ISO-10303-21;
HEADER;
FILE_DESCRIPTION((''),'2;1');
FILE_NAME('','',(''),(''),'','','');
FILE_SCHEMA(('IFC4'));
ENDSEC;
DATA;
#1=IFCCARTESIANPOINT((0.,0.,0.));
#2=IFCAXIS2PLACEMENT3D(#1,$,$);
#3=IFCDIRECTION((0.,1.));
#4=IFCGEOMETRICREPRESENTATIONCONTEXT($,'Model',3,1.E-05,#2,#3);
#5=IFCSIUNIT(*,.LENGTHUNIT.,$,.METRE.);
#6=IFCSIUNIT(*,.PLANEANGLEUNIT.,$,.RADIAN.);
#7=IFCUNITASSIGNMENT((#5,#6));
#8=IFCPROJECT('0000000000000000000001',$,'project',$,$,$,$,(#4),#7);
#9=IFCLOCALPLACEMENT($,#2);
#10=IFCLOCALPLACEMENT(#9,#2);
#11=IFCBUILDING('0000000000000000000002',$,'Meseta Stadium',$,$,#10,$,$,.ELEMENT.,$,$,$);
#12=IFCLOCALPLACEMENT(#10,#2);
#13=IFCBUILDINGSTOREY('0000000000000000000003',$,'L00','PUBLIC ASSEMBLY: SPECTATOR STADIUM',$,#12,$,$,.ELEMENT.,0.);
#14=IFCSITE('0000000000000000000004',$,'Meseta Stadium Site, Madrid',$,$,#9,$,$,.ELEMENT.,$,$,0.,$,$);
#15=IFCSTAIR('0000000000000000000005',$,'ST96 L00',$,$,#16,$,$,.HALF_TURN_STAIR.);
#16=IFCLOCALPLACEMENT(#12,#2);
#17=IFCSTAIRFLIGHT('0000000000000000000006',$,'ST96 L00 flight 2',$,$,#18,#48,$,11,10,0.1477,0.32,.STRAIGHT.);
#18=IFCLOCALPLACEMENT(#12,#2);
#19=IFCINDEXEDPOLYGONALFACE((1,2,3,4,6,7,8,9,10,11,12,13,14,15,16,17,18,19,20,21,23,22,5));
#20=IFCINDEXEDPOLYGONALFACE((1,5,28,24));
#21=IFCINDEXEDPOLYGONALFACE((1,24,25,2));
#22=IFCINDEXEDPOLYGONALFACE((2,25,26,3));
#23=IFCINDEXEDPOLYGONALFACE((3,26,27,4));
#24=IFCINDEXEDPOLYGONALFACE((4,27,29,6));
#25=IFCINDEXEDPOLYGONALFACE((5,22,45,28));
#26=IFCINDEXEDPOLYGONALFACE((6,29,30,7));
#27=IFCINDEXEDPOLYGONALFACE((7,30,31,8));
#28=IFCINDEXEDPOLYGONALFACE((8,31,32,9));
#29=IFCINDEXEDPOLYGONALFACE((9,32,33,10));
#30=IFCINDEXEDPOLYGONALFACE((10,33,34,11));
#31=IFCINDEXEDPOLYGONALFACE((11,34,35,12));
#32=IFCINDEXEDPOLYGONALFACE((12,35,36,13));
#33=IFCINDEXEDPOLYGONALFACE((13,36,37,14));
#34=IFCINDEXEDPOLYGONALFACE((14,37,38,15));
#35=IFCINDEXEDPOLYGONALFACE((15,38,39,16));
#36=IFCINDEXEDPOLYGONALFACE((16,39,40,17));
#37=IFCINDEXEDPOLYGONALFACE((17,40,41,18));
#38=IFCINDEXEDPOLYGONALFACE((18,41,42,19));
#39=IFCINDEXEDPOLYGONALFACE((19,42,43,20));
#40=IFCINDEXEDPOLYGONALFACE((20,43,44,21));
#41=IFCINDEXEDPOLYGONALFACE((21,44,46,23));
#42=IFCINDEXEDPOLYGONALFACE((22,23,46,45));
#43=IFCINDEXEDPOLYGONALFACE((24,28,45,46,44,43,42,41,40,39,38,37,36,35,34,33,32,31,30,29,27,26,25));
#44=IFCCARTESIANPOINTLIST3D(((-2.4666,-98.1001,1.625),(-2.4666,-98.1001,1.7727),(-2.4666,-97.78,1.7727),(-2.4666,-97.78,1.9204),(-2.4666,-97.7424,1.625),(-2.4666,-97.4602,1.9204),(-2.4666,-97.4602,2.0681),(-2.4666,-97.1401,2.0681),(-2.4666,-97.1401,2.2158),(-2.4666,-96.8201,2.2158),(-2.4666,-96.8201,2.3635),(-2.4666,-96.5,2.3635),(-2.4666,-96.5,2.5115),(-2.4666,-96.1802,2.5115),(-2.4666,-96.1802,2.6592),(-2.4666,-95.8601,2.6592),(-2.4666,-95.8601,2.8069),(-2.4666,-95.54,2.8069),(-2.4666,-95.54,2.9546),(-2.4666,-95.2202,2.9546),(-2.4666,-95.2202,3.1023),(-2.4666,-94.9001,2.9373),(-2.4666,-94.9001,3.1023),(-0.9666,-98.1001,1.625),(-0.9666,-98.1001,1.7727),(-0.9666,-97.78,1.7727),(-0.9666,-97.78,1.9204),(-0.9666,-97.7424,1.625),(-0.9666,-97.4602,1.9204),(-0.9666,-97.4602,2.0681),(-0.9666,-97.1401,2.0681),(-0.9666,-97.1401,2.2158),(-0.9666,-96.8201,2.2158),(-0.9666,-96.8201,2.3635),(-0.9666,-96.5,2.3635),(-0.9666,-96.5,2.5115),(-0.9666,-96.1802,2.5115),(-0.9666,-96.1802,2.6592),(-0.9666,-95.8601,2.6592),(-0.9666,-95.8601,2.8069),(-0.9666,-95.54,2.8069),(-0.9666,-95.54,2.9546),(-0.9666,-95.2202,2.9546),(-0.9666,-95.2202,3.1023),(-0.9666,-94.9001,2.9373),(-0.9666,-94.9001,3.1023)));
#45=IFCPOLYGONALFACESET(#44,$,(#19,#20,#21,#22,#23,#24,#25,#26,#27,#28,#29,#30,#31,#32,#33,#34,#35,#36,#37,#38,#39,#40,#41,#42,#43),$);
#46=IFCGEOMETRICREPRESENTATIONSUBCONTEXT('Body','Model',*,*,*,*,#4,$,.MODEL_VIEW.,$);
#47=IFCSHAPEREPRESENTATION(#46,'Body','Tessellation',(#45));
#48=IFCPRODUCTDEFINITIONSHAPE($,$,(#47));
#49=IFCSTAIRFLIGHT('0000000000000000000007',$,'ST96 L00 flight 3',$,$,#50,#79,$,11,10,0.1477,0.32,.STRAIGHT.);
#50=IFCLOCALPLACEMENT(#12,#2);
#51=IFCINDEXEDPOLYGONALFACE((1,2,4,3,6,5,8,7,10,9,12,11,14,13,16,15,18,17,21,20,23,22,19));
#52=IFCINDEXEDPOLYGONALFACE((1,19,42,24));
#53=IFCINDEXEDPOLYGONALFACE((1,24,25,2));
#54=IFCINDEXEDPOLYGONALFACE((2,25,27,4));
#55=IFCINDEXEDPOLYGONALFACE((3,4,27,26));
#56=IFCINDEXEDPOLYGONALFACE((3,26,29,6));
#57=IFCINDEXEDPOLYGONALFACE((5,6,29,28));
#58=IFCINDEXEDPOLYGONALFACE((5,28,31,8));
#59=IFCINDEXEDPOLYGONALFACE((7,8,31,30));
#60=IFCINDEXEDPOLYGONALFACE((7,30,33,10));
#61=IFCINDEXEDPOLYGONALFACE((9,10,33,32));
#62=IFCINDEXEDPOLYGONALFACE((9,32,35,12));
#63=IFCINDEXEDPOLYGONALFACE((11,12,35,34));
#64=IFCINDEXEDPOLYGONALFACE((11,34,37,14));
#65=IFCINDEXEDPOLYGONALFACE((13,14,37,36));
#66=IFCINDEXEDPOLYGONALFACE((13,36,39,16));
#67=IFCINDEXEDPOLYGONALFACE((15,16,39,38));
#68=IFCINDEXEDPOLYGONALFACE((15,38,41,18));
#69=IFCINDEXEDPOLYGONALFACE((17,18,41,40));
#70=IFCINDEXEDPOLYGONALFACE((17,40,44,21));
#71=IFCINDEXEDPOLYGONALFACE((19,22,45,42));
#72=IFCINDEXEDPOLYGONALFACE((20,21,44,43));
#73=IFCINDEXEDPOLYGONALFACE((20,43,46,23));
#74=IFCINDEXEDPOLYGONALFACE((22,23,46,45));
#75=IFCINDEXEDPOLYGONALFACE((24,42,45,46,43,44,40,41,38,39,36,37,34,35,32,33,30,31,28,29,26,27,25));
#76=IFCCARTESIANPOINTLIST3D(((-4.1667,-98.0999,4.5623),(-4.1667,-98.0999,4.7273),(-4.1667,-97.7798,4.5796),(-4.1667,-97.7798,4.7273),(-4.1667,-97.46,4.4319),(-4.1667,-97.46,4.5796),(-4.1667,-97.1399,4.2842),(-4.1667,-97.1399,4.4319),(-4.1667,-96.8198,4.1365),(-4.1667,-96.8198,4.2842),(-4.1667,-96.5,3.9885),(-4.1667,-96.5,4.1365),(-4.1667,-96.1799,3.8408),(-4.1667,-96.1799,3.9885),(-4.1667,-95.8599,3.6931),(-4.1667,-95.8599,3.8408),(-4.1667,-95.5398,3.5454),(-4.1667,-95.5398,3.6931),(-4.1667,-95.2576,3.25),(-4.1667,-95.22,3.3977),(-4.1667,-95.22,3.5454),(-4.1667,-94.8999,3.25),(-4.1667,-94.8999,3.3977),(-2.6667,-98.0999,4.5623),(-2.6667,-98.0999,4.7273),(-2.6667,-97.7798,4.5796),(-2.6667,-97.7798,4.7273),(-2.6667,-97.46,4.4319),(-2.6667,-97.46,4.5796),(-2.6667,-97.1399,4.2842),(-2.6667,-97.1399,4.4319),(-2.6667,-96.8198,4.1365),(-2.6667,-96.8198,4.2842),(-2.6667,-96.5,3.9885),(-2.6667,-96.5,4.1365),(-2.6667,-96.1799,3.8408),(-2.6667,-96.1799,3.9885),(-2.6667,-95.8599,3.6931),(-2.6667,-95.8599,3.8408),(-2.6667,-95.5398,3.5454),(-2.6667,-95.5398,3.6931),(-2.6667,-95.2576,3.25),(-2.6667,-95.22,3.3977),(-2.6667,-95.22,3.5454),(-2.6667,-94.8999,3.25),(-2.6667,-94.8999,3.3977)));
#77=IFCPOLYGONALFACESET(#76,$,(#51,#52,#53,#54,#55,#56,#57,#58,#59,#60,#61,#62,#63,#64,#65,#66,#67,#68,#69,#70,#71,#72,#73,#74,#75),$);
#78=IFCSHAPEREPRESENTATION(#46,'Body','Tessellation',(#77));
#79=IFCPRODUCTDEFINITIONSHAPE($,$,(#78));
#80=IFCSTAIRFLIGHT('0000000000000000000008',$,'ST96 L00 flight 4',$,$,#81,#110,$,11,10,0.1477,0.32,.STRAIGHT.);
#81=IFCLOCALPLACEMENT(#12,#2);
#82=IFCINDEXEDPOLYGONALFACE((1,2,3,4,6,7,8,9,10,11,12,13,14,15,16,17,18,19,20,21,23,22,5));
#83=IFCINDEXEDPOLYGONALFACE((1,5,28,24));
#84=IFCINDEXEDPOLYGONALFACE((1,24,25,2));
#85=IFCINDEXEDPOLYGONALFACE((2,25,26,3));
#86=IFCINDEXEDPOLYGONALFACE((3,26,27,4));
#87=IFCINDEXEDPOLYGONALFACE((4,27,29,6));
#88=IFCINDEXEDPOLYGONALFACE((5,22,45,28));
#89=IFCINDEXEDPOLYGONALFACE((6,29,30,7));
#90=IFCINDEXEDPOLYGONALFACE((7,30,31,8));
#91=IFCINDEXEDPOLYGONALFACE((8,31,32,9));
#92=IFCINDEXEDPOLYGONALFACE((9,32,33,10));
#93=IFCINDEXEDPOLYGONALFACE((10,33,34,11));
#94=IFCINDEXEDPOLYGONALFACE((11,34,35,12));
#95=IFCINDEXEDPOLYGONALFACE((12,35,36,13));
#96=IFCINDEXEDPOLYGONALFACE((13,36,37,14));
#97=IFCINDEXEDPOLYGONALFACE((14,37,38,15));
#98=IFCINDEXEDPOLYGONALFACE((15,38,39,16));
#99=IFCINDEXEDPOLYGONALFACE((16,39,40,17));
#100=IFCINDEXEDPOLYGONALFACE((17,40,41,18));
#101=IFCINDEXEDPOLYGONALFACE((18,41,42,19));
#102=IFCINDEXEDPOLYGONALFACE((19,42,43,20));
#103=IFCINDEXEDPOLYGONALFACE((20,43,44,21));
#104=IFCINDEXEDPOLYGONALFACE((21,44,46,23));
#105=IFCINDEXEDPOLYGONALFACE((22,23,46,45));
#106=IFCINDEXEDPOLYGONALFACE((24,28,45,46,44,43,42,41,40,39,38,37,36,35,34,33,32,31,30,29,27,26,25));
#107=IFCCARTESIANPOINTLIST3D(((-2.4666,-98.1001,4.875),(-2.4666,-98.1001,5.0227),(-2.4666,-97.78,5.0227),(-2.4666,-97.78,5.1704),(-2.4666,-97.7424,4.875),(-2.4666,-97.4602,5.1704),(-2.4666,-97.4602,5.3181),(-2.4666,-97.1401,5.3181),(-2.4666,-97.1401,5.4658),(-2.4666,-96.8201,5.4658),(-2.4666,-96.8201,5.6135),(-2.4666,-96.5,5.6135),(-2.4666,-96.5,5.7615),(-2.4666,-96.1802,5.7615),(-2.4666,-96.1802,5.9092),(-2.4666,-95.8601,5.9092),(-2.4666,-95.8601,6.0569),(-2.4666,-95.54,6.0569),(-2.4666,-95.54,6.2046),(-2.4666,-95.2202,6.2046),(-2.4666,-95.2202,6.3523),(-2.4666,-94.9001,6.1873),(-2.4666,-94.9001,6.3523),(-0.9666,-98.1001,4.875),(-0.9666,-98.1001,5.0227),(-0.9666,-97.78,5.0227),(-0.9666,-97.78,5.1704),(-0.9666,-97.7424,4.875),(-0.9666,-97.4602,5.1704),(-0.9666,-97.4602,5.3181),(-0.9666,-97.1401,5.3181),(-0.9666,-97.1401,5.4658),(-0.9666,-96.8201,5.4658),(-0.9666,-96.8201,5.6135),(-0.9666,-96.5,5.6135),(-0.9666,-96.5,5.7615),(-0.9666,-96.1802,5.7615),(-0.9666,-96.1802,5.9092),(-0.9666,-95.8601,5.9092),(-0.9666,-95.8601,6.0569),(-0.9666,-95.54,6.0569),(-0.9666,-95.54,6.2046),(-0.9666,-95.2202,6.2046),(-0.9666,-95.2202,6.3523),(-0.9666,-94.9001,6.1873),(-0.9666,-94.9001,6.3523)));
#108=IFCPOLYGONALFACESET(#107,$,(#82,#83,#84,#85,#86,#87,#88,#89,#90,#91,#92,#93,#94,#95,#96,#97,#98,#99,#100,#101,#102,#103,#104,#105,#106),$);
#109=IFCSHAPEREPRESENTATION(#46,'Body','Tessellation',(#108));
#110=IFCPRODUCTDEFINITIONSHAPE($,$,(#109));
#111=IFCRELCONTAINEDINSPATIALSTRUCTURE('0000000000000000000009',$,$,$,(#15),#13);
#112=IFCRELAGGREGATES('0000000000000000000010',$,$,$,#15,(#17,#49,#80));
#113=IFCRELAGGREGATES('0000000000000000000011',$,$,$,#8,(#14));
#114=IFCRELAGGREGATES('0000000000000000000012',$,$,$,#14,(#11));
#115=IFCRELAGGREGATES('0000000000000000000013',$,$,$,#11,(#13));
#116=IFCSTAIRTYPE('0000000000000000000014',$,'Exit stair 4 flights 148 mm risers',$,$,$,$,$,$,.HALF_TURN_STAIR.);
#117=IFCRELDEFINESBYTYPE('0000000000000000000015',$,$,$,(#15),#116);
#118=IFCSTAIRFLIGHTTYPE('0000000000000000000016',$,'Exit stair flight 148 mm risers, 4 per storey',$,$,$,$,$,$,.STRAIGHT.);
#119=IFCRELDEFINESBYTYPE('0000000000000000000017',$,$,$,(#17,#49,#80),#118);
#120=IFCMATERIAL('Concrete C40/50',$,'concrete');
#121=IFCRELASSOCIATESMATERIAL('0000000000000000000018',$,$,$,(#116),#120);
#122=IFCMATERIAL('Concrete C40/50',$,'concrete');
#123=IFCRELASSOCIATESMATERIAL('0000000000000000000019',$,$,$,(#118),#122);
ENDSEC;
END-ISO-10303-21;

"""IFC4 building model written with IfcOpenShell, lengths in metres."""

from ifc_helpers import new_model, si_unit, direction, frame, origin, place, context, subcontext, project, spatial, polyline, outline, extrude, material, type_object, element, aggregate, save


model = new_model("IFC4")

# Units and contexts
model_context = context("Model", 3, precision=1e-05, world=origin(), true_north=direction((0.0, 1.0)))
body_context = subcontext(model_context, "Body", "Model", "MODEL_VIEW")
ifc_project = project(units=[si_unit("LENGTHUNIT", "METRE"), si_unit("PLANEANGLEUNIT", "RADIAN")], contexts=[model_context])

# Site, building, storey
site_placement = place(None, origin())
site = spatial("IfcSite", under=ifc_project, at=site_placement, Name="Meseta Stadium Site, Madrid", CompositionType="ELEMENT", RefElevation=0.0)
building_placement = place(site_placement, origin())
building = spatial("IfcBuilding", under=site, at=building_placement, Name="Meseta Stadium", CompositionType="ELEMENT")
storey_placement = place(building_placement, origin())
storey = spatial("IfcBuildingStorey", under=building, at=storey_placement, Name="L00", Description="PUBLIC ASSEMBLY: SPECTATOR STADIUM", CompositionType="ELEMENT", Elevation=0.0)

# Stair, stair flights
ifc_material_1 = material(Name="Concrete C40/50", Category="concrete")
stair_type = type_object("IfcStairType", Name="Exit stair 4 flights 148 mm risers", PredefinedType="HALF_TURN_STAIR", material=ifc_material_1)
ifc_material_2 = material(Name="Concrete C40/50", Category="concrete")
stair_flight_type = type_object("IfcStairFlightType", Name="Exit stair flight 148 mm risers, 4 per storey", PredefinedType="STRAIGHT", material=ifc_material_2)
stair_1_placement = place(storey_placement, origin())
stair_1 = element("IfcStair", 1, at=stair_1_placement, inside=storey, type_object=stair_type, Name="ST96 L00", PredefinedType="HALF_TURN_STAIR")
stair_flight_1_placement = place(storey_placement, frame((-1.7166, -98.1001, 1.625), z_axis=(0.0, 0.0, 1.0), x_axis=(0.0, 1.0, 0.0)))
stair_flight_1 = element("IfcStairFlight", 2, at=stair_flight_1_placement, type_object=stair_flight_type, Name="ST96 L00 flight 2", NumberOfRisers=11, NumberOfTreads=10, PredefinedType="STRAIGHT", RiserHeight=0.1477, TreadLength=0.32, context=body_context, shape_type="SweptSolid", body=[
    extrude(outline(polyline([(0.0, 0.0), (0.0, 0.1477), (0.3201, 0.1477), (0.3201, 0.2954), (0.6399, 0.2954), (0.6399, 0.4431), (0.96, 0.4431), (0.96, 0.5908), (1.28, 0.5908), (1.28, 0.7385), (1.6001, 0.7385), (1.6001, 0.8865), (1.9199, 0.8865), (1.9199, 1.0342), (2.24, 1.0342), (2.24, 1.1819), (2.5601, 1.1819), (2.5601, 1.3296), (2.8799, 1.3296), (2.8799, 1.4773), (3.2, 1.4773), (3.2, 1.3123), (0.3577, 0.0), (0.0, 0.0)])), frame((0.0, 0.75, 0.0), z_axis=(0.0, -1.0, 0.0), x_axis=(1.0, 0.0, 0.0)), (0.0, 0.0, 1.0), 1.5),
])
stair_flight_2_placement = place(storey_placement, frame((-3.4167, -94.8999, 3.25), z_axis=(0.0, 0.0, 1.0), x_axis=(0.0, -1.0, 0.0)))
stair_flight_2 = element("IfcStairFlight", 3, at=stair_flight_2_placement, type_object=stair_flight_type, Name="ST96 L00 flight 3", NumberOfRisers=11, NumberOfTreads=10, PredefinedType="STRAIGHT", RiserHeight=0.1477, TreadLength=0.32, context=body_context, shape_type="SweptSolid", body=[
    extrude(outline(polyline([(0.0, 0.0), (0.0, 0.1477), (0.3201, 0.1477), (0.3201, 0.2954), (0.6399, 0.2954), (0.6399, 0.4431), (0.96, 0.4431), (0.96, 0.5908), (1.28, 0.5908), (1.28, 0.7385), (1.6001, 0.7385), (1.6001, 0.8865), (1.9199, 0.8865), (1.9199, 1.0342), (2.24, 1.0342), (2.24, 1.1819), (2.5601, 1.1819), (2.5601, 1.3296), (2.8799, 1.3296), (2.8799, 1.4773), (3.2, 1.4773), (3.2, 1.3123), (0.3577, 0.0), (0.0, 0.0)])), frame((0.0, 0.75, 0.0), z_axis=(0.0, -1.0, 0.0), x_axis=(1.0, 0.0, 0.0)), (0.0, 0.0, 1.0), 1.5),
])
stair_flight_3_placement = place(storey_placement, frame((-1.7166, -98.1001, 4.875), z_axis=(0.0, 0.0, 1.0), x_axis=(0.0, 1.0, 0.0)))
stair_flight_3 = element("IfcStairFlight", 4, at=stair_flight_3_placement, type_object=stair_flight_type, Name="ST96 L00 flight 4", NumberOfRisers=11, NumberOfTreads=10, PredefinedType="STRAIGHT", RiserHeight=0.1477, TreadLength=0.32, context=body_context, shape_type="SweptSolid", body=[
    extrude(outline(polyline([(0.0, 0.0), (0.0, 0.1477), (0.3201, 0.1477), (0.3201, 0.2954), (0.6399, 0.2954), (0.6399, 0.4431), (0.96, 0.4431), (0.96, 0.5908), (1.28, 0.5908), (1.28, 0.7385), (1.6001, 0.7385), (1.6001, 0.8865), (1.9199, 0.8865), (1.9199, 1.0342), (2.24, 1.0342), (2.24, 1.1819), (2.5601, 1.1819), (2.5601, 1.3296), (2.8799, 1.3296), (2.8799, 1.4773), (3.2, 1.4773), (3.2, 1.3123), (0.3577, 0.0), (0.0, 0.0)])), frame((0.0, 0.75, 0.0), z_axis=(0.0, -1.0, 0.0), x_axis=(1.0, 0.0, 0.0)), (0.0, 0.0, 1.0), 1.5),
])
aggregate(stair_1, [stair_flight_1, stair_flight_2, stair_flight_3])

save(model, "model.ifc")
